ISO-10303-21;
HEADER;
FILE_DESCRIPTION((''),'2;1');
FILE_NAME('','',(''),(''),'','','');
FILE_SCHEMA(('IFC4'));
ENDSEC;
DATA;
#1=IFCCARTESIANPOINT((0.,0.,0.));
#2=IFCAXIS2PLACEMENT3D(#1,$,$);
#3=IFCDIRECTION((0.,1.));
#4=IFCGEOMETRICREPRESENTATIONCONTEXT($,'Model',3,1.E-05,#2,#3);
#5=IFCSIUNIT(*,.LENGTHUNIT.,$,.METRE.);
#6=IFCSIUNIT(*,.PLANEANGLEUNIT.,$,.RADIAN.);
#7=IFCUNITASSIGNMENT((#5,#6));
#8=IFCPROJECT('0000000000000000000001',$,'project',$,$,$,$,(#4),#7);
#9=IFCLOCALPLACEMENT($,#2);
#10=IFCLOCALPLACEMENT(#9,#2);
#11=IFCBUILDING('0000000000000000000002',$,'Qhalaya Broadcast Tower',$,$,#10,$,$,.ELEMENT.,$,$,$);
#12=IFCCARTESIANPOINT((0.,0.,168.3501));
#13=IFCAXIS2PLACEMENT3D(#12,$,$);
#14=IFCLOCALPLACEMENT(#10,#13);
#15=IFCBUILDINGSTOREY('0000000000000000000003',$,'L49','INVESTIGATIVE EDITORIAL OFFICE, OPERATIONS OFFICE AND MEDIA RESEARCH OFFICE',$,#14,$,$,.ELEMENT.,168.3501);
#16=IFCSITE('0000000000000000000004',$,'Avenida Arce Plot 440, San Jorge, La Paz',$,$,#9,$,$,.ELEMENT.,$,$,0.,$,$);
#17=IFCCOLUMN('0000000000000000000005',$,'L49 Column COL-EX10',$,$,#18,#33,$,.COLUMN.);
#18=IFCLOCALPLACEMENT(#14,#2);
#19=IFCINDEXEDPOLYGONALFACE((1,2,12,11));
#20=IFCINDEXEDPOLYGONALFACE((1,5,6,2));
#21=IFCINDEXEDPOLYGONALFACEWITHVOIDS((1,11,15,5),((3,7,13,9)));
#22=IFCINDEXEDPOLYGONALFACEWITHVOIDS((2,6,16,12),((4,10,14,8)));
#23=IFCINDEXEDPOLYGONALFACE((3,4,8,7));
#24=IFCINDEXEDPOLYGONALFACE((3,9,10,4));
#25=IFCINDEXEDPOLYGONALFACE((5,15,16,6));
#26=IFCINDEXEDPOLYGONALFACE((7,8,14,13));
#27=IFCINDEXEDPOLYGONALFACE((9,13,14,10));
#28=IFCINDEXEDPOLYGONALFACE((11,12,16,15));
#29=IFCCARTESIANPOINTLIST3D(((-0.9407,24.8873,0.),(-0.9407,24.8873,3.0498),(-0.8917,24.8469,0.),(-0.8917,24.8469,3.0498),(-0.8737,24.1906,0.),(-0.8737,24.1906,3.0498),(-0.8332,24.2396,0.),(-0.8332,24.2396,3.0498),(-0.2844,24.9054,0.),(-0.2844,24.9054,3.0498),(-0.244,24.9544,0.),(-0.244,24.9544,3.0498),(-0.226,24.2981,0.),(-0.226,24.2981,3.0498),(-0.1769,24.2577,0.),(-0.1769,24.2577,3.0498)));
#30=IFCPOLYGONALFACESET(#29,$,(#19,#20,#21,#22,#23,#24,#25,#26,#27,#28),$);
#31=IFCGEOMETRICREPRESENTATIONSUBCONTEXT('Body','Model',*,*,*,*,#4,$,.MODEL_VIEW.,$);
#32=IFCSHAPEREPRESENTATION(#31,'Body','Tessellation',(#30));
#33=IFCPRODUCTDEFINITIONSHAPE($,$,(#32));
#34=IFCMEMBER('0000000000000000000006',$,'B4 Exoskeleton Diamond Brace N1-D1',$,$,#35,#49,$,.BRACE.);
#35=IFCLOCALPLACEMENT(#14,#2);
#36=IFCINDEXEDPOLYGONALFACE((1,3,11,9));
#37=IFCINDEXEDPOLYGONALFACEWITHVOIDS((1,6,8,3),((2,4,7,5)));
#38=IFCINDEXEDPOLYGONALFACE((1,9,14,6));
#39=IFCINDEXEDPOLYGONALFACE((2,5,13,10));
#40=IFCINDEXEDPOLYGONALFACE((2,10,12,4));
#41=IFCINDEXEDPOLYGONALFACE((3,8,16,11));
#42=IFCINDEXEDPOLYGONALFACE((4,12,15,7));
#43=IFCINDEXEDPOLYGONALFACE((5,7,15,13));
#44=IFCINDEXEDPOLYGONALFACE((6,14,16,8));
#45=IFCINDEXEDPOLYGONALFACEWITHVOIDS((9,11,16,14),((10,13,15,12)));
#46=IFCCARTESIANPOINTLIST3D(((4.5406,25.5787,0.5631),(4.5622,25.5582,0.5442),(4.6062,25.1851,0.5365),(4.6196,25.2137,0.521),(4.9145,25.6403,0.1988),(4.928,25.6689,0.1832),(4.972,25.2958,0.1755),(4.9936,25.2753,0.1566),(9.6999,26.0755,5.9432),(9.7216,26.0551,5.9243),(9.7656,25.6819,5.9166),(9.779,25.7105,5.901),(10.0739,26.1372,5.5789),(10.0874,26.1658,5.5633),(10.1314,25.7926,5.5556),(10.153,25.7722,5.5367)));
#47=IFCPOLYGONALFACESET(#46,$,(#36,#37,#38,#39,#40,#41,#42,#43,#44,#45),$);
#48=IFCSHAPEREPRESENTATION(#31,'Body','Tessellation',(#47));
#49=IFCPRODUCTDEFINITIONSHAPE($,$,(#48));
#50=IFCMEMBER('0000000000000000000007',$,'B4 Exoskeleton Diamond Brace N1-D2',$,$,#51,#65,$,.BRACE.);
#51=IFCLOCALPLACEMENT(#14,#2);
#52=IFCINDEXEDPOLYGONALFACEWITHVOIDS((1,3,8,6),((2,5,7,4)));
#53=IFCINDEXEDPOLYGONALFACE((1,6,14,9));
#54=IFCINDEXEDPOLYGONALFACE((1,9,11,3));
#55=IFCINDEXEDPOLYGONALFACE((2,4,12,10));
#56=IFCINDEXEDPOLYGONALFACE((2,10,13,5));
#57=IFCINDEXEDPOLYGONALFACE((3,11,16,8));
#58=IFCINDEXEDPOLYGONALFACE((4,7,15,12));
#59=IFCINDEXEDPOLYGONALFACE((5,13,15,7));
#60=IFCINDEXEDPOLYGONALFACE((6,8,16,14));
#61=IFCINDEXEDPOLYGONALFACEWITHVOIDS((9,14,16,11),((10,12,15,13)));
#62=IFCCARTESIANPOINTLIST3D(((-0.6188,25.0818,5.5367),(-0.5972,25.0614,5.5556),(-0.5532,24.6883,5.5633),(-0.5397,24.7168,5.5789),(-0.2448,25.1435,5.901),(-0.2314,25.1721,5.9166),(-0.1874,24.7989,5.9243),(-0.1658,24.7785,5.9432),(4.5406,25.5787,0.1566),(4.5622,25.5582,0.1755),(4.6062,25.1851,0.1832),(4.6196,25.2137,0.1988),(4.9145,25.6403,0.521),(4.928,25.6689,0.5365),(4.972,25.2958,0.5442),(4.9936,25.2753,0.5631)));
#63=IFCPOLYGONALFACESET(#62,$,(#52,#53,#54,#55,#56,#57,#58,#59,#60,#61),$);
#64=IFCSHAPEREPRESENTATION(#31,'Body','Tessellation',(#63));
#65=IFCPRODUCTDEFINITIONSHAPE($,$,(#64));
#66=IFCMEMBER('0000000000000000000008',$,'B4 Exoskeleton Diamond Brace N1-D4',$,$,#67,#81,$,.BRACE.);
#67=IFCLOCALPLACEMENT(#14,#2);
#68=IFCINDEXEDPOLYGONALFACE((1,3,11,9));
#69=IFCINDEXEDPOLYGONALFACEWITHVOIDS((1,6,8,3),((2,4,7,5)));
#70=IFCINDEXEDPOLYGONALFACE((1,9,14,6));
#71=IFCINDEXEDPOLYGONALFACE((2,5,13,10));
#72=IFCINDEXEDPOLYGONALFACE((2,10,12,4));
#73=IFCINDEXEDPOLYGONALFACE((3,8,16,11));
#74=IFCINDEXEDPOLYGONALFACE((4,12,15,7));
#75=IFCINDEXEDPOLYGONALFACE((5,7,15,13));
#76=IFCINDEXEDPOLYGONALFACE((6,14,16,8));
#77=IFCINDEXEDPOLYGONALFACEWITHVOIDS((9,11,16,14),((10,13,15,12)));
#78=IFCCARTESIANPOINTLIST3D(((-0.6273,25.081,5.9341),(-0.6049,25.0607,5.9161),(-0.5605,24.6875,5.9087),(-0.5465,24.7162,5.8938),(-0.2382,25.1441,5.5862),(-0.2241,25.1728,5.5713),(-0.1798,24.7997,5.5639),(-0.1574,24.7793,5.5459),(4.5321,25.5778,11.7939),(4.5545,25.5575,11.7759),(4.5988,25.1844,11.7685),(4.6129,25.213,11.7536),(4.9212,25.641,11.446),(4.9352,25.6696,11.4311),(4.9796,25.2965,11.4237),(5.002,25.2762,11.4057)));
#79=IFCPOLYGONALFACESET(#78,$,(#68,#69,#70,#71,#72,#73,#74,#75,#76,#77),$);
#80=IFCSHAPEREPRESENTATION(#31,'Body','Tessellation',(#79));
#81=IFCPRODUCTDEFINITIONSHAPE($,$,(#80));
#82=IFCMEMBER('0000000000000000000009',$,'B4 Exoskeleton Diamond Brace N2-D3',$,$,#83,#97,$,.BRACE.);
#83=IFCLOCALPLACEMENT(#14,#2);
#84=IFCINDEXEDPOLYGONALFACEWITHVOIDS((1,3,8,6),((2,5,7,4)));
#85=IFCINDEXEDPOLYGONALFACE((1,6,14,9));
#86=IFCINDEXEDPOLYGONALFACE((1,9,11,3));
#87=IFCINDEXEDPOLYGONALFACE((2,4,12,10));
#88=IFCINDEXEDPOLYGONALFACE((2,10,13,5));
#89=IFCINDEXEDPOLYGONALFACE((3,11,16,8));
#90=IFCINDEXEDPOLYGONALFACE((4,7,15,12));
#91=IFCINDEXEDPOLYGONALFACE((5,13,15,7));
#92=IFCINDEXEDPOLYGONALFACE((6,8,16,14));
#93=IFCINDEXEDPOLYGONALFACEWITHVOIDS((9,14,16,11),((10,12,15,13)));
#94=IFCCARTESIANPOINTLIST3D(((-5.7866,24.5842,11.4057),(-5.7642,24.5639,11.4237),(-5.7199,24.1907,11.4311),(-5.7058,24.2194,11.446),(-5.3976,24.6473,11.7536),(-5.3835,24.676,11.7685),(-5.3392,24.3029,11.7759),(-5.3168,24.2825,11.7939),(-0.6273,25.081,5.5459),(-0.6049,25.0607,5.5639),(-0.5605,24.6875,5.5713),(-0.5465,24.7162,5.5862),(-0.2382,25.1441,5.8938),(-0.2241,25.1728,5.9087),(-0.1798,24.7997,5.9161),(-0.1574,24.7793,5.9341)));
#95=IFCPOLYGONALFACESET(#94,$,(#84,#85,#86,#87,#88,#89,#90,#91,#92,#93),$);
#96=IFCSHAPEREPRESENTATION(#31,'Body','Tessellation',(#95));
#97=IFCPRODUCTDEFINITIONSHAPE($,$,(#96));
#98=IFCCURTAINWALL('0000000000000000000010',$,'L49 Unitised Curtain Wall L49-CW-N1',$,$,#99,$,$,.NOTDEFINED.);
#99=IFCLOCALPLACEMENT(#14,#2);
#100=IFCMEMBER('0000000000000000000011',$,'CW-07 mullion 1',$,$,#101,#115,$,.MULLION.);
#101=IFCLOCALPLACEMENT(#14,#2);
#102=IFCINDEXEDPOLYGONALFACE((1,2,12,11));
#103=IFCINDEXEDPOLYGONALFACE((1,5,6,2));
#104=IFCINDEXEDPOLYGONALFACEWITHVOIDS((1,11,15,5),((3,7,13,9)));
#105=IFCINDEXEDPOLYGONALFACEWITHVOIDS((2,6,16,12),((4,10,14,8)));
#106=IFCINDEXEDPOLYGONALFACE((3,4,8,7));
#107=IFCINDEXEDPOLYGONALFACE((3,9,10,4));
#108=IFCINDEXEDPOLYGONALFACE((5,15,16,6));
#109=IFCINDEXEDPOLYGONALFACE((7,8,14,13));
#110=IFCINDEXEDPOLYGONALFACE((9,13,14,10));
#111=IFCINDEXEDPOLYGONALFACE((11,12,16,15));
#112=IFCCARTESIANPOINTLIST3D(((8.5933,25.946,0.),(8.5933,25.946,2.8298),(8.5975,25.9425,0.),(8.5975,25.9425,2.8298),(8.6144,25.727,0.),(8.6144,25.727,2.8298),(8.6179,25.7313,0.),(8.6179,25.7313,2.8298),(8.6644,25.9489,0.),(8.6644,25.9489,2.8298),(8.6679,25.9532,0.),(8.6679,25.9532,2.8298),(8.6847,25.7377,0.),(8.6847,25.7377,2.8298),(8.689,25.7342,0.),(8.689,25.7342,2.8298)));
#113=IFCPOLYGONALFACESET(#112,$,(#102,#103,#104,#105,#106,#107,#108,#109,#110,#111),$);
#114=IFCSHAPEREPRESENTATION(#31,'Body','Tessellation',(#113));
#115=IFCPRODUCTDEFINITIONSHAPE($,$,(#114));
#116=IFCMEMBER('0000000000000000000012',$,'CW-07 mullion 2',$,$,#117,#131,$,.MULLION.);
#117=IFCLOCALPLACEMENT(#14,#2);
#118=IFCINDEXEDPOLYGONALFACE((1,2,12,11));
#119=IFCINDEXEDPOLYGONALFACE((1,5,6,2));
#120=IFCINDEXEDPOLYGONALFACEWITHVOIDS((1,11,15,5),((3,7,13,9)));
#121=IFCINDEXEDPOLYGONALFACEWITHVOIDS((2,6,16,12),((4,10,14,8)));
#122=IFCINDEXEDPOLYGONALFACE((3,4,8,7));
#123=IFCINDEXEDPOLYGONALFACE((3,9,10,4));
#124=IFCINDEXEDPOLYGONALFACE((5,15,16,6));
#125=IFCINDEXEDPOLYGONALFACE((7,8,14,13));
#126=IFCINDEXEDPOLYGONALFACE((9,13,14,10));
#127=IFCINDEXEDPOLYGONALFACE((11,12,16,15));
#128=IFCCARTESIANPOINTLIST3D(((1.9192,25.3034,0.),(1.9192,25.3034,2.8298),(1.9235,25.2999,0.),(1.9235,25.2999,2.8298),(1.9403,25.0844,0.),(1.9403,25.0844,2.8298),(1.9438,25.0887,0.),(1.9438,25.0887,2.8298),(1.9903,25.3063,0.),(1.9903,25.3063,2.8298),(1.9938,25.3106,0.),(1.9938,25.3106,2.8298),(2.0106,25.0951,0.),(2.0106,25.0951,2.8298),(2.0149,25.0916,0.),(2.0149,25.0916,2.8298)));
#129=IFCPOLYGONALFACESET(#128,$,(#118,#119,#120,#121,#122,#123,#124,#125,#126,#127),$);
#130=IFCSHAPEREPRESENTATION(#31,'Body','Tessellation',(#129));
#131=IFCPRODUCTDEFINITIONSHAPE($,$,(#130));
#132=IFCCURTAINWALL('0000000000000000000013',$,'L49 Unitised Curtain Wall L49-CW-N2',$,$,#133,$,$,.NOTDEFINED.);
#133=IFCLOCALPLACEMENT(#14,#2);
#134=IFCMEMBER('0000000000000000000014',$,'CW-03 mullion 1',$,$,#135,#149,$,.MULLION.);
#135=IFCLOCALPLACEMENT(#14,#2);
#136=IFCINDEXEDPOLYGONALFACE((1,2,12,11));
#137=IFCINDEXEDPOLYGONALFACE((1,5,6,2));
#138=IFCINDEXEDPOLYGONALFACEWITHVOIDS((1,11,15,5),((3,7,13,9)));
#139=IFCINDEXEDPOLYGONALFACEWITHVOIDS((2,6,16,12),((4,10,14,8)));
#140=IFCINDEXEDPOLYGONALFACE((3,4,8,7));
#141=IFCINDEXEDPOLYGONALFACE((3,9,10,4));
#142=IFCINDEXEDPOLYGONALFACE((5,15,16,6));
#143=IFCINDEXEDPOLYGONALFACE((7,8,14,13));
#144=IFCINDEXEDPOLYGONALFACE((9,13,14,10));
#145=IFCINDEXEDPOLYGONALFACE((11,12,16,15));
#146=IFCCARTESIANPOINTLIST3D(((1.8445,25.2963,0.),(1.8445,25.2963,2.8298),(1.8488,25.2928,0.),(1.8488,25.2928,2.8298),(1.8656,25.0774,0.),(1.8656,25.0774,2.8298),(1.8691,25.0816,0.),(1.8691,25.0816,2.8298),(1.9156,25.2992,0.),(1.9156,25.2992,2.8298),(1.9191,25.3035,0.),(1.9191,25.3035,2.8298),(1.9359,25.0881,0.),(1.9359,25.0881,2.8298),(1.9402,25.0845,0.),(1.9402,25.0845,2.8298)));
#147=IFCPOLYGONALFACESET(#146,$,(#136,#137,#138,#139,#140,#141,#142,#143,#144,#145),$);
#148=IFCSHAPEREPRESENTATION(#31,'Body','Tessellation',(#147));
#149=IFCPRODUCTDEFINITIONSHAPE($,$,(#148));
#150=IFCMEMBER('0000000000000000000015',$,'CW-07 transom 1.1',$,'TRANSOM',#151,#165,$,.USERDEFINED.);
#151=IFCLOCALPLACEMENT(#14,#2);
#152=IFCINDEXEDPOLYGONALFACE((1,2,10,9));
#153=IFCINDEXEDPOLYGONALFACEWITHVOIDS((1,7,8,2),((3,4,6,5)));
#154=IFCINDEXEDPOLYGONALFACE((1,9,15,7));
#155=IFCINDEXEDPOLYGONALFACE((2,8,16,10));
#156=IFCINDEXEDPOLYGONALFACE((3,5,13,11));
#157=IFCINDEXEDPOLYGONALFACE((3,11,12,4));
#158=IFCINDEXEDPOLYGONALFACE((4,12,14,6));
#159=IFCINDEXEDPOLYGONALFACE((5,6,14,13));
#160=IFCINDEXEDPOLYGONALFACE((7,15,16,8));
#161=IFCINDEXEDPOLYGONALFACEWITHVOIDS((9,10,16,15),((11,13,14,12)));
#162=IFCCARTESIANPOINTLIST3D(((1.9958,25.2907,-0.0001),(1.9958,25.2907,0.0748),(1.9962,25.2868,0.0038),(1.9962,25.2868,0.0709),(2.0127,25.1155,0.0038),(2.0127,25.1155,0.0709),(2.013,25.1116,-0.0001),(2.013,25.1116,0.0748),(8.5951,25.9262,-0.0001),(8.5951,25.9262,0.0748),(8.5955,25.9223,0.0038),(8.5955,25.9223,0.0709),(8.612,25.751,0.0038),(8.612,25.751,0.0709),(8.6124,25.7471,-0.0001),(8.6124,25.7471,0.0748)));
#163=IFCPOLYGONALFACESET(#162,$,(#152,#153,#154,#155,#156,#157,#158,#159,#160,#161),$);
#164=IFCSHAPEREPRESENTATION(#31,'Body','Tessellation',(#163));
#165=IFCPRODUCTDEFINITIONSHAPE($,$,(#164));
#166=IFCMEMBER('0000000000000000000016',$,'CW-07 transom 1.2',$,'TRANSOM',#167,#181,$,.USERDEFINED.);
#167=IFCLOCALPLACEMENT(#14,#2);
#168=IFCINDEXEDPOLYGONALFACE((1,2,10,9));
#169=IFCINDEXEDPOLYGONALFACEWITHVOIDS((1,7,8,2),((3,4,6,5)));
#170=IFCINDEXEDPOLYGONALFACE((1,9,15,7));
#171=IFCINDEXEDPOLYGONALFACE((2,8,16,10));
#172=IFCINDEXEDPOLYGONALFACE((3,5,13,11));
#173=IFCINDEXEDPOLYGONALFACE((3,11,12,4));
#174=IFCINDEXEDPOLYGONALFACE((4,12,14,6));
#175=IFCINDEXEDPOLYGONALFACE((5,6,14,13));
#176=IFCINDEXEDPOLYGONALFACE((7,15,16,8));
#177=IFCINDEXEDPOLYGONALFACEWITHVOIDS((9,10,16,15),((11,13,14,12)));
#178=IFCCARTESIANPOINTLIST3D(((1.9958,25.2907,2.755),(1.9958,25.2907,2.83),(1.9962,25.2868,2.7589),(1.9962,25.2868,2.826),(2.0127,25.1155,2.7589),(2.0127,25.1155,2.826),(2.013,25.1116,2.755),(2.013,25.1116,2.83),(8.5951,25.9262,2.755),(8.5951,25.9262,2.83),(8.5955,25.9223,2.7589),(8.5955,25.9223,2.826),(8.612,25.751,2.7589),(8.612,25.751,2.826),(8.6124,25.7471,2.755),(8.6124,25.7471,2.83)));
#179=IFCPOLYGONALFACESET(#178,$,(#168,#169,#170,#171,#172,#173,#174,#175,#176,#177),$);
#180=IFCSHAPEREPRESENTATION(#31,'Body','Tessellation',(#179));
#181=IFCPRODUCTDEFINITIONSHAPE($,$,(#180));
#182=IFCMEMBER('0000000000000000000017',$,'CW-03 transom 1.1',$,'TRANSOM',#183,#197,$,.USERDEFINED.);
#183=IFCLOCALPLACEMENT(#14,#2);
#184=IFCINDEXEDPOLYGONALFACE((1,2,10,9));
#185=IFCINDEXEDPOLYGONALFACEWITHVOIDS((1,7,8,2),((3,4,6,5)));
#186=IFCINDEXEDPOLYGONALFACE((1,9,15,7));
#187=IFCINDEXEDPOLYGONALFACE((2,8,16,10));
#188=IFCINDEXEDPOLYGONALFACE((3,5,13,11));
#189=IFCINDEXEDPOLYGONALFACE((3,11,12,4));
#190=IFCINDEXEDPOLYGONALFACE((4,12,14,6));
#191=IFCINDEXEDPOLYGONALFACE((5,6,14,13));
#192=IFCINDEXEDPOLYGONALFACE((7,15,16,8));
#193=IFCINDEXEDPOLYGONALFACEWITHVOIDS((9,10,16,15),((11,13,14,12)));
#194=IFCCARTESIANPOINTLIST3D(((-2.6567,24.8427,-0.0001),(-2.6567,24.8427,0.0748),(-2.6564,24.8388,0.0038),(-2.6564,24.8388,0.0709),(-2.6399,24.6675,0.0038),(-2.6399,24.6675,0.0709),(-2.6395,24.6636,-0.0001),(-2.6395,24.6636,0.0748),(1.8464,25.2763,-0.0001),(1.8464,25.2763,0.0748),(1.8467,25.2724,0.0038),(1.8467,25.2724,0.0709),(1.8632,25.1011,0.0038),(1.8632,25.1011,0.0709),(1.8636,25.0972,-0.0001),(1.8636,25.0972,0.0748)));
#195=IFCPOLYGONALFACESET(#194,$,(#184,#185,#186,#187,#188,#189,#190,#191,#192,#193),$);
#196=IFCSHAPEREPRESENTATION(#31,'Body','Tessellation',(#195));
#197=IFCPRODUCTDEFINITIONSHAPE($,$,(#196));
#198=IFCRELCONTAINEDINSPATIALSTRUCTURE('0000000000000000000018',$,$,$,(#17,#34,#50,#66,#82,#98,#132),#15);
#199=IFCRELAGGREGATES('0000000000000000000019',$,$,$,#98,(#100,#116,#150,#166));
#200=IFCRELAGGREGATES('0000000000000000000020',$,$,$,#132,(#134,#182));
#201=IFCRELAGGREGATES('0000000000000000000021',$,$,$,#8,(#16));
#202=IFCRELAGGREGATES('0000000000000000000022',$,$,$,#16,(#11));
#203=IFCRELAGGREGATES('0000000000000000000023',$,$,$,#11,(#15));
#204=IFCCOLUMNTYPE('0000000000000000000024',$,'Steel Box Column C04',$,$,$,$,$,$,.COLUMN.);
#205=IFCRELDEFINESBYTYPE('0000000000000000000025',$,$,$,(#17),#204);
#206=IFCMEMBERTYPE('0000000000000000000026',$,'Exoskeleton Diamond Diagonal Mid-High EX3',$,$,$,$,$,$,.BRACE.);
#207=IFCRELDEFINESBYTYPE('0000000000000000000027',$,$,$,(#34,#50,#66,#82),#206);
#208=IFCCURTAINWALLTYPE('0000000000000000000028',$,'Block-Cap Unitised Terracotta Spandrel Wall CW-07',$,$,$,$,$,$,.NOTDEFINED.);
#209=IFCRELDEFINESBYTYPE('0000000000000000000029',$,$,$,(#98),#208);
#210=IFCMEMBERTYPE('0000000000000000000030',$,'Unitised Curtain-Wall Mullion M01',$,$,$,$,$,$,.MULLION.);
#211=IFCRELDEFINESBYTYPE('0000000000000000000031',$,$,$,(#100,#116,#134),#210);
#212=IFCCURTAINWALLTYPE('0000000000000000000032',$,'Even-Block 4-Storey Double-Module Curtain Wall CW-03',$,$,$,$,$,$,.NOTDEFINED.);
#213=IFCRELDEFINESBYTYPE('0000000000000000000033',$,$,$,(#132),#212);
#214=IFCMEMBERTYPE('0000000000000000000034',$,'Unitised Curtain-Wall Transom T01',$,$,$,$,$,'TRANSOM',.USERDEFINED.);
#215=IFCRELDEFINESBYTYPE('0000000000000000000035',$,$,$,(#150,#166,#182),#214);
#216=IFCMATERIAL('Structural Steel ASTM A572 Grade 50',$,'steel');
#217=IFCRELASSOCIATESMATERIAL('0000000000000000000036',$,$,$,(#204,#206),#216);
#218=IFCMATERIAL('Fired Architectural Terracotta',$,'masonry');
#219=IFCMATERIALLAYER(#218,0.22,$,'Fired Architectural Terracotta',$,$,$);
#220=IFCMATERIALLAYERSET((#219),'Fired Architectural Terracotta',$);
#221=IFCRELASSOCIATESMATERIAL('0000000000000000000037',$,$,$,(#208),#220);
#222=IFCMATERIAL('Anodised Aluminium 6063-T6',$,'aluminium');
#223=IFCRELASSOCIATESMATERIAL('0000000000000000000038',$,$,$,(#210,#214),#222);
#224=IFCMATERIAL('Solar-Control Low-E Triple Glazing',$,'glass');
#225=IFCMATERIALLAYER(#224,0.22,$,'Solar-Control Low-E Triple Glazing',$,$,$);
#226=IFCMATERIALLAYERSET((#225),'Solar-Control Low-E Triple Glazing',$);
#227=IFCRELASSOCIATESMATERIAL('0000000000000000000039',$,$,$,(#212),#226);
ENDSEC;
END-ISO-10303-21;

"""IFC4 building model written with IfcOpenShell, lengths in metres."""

from ifc_helpers import new_model, si_unit, direction, frame, origin, origin_2d, place, context, subcontext, project, spatial, hollow_rectangle, extrude, material, layer, layer_set, material_profile, profile_set, type_object, element, aggregate, save


model = new_model("IFC4")

# Units and contexts
model_context = context("Model", 3, precision=1e-05, world=origin(), true_north=direction((0.0, 1.0)))
body_context = subcontext(model_context, "Body", "Model", "MODEL_VIEW")
ifc_project = project(units=[si_unit("LENGTHUNIT", "METRE"), si_unit("PLANEANGLEUNIT", "RADIAN")], contexts=[model_context])

# Site, building, storey
site_placement = place(None, origin())
site = spatial("IfcSite", under=ifc_project, at=site_placement, Name="Avenida Arce Plot 440, San Jorge, La Paz", CompositionType="ELEMENT", RefElevation=0.0)
building_placement = place(site_placement, origin())
building = spatial("IfcBuilding", under=site, at=building_placement, Name="Qhalaya Broadcast Tower", CompositionType="ELEMENT")
storey_placement = place(building_placement, frame((0.0, 0.0, 168.3501)))
storey = spatial("IfcBuildingStorey", under=building, at=storey_placement, Name="L49", Description="INVESTIGATIVE EDITORIAL OFFICE, OPERATIONS OFFICE AND MEDIA RESEARCH OFFICE", CompositionType="ELEMENT", Elevation=168.3501)

# Column
ifc_material_1 = material(Name="Structural Steel ASTM A572 Grade 50", Category="steel")
ifc_material_profile_1 = material_profile(ifc_material_1, hollow_rectangle(XDim=0.7, YDim=0.7, WallThickness=0.0449, at=origin_2d()), Name="BOX 700x700x45")
ifc_profile_set_1 = profile_set([ifc_material_profile_1], Name="Structural Steel ASTM A572 Grade 50")
column_type = type_object("IfcColumnType", Name="Steel Box Column C04", PredefinedType="COLUMN", material=ifc_profile_set_1)
column_placement = place(storey_placement, frame((-0.5588, 24.5725, 0.0), z_axis=(0.0, 0.0, 1.0), x_axis=(0.995396, 0.095846, 0.0)))
element("IfcColumn", 1, at=column_placement, inside=storey, type_object=column_type, Name="L49 Column COL-EX10", PredefinedType="COLUMN", context=body_context, shape_type="SweptSolid", body=[
    extrude(hollow_rectangle(XDim=0.7, YDim=0.7, WallThickness=0.0449, at=origin_2d()), origin(), (0.0, 0.0, 1.0), 3.0498),
])

# Members
ifc_material_profile_2 = material_profile(ifc_material_1, hollow_rectangle(XDim=0.3999, YDim=0.55, WallThickness=0.0249, at=origin_2d()), Name="BOX 400x550x25")
ifc_profile_set_2 = profile_set([ifc_material_profile_2], Name="Structural Steel ASTM A572 Grade 50")
member_type_1 = type_object("IfcMemberType", Name="Exoskeleton Diamond Diagonal Mid-High EX3", PredefinedType="BRACE", material=ifc_profile_set_2)
for number, where, z_axis, x_axis, name in (
    (2, (4.7671, 25.427, 0.3599), (0.690616, 0.066503, 0.720158), (-0.164117, 0.984197, 0.066499), "B4 Exoskeleton Diamond Brace N1-D1"),
    (3, (4.7671, 25.427, 0.3599), (-0.690616, -0.066503, 0.720158), (0.164117, -0.984197, 0.066499), "B4 Exoskeleton Diamond Brace N1-D2"),
):
    element("IfcMember", number, at=place(storey_placement, frame(where, z_axis=z_axis, x_axis=x_axis)), inside=storey, type_object=member_type_1, Name=name, PredefinedType="BRACE", context=body_context, shape_type="SweptSolid", body=[
        extrude(hollow_rectangle(XDim=0.3999, YDim=0.55, WallThickness=0.0249, at=origin_2d()), origin(), (0.0, 0.0, 1.0), 7.4707),
    ])
for number, where, z_axis, x_axis, name in (
    (4, (-0.3923, 24.9302, 5.74), (0.659492, 0.063506, 0.749024), (-0.16687, 0.983932, 0.063502), "B4 Exoskeleton Diamond Brace N1-D4"),
    (5, (-0.3923, 24.9302, 5.74), (-0.659492, -0.063506, 0.749024), (0.16687, -0.983932, 0.063502), "B4 Exoskeleton Diamond Brace N2-D3"),
):
    element("IfcMember", number, at=place(storey_placement, frame(where, z_axis=z_axis, x_axis=x_axis)), inside=storey, type_object=member_type_1, Name=name, PredefinedType="BRACE", context=body_context, shape_type="SweptSolid", body=[
        extrude(hollow_rectangle(XDim=0.3999, YDim=0.55, WallThickness=0.0249, at=origin_2d()), origin(), (0.0, 0.0, 1.0), 7.8232),
    ])

# Curtain wall, members
ifc_material_2 = material(Name="Fired Architectural Terracotta", Category="masonry")
ifc_layer_1 = layer(ifc_material_2, 0.22, Name="Fired Architectural Terracotta")
ifc_layer_set_1 = layer_set([ifc_layer_1], Name="Fired Architectural Terracotta")
curtain_wall_type_1 = type_object("IfcCurtainWallType", Name="Block-Cap Unitised Terracotta Spandrel Wall CW-07", PredefinedType="NOTDEFINED", material=ifc_layer_set_1)
curtain_wall_1_placement = place(storey_placement, origin())
curtain_wall_1 = element("IfcCurtainWall", 6, at=curtain_wall_1_placement, inside=storey, type_object=curtain_wall_type_1, Name="L49 Unitised Curtain Wall L49-CW-N1", PredefinedType="NOTDEFINED")
ifc_material_3 = material(Name="Anodised Aluminium 6063-T6", Category="aluminium")
ifc_material_profile_3 = material_profile(ifc_material_3, hollow_rectangle(XDim=0.075, YDim=0.22, WallThickness=0.0039, at=origin_2d()), Name="ALU-MUL 75x220x4")
ifc_profile_set_3 = profile_set([ifc_material_profile_3], Name="Anodised Aluminium 6063-T6")
member_type_2 = type_object("IfcMemberType", Name="Unitised Curtain-Wall Mullion M01", PredefinedType="MULLION", material=ifc_profile_set_3)
member_1_placement = place(storey_placement, frame((8.6411, 25.8401, 0.0), z_axis=(0.0, 0.0, 1.0), x_axis=(-0.995397, -0.095841, 0.0)))
member_1 = element("IfcMember", 7, at=member_1_placement, type_object=member_type_2, Name="CW-07 mullion 1", PredefinedType="MULLION", context=body_context, shape_type="SweptSolid", body=[
    extrude(hollow_rectangle(XDim=0.075, YDim=0.22, WallThickness=0.0039, at=origin_2d()), origin(), (0.0, 0.0, 1.0), 2.8298),
])
member_2_placement = place(storey_placement, frame((1.967, 25.1975, 0.0), z_axis=(0.0, 0.0, 1.0), x_axis=(-0.995397, -0.095841, 0.0)))
member_2 = element("IfcMember", 8, at=member_2_placement, type_object=member_type_2, Name="CW-07 mullion 2", PredefinedType="MULLION", context=body_context, shape_type="SweptSolid", body=[
    extrude(hollow_rectangle(XDim=0.075, YDim=0.22, WallThickness=0.0039, at=origin_2d()), origin(), (0.0, 0.0, 1.0), 2.8298),
])

# Curtain wall, member
ifc_material_4 = material(Name="Solar-Control Low-E Triple Glazing", Category="glass")
ifc_layer_2 = layer(ifc_material_4, 0.22, Name="Solar-Control Low-E Triple Glazing")
ifc_layer_set_2 = layer_set([ifc_layer_2], Name="Solar-Control Low-E Triple Glazing")
curtain_wall_type_2 = type_object("IfcCurtainWallType", Name="Even-Block 4-Storey Double-Module Curtain Wall CW-03", PredefinedType="NOTDEFINED", material=ifc_layer_set_2)
curtain_wall_2_placement = place(storey_placement, origin())
curtain_wall_2 = element("IfcCurtainWall", 9, at=curtain_wall_2_placement, inside=storey, type_object=curtain_wall_type_2, Name="L49 Unitised Curtain Wall L49-CW-N2", PredefinedType="NOTDEFINED")
member_3_placement = place(storey_placement, frame((1.8923, 25.1904, 0.0), z_axis=(0.0, 0.0, 1.0), x_axis=(-0.995396, -0.095849, 0.0)))
member_3 = element("IfcMember", 10, at=member_3_placement, type_object=member_type_2, Name="CW-03 mullion 1", PredefinedType="MULLION", context=body_context, shape_type="SweptSolid", body=[
    extrude(hollow_rectangle(XDim=0.075, YDim=0.22, WallThickness=0.0039, at=origin_2d()), origin(), (0.0, 0.0, 1.0), 2.8298),
])

# Members
ifc_material_profile_4 = material_profile(ifc_material_3, hollow_rectangle(XDim=0.075, YDim=0.1799, WallThickness=0.0039, at=origin_2d()), Name="ALU-TRN 75x180x4")
ifc_profile_set_4 = profile_set([ifc_material_profile_4], Name="Anodised Aluminium 6063-T6")
member_type_3 = type_object("IfcMemberType", Name="Unitised Curtain-Wall Transom T01", ElementType="TRANSOM", PredefinedType="USERDEFINED", material=ifc_profile_set_4)
member_4_placement = place(storey_placement, frame((8.6038, 25.8367, 0.0374), z_axis=(-0.995395, -0.095853, 0.0), x_axis=(0.0, 0.0, 1.0)))
member_4 = element("IfcMember", 11, at=member_4_placement, type_object=member_type_3, Name="CW-07 transom 1.1", ObjectType="TRANSOM", PredefinedType="USERDEFINED", context=body_context, shape_type="SweptSolid", body=[
    extrude(hollow_rectangle(XDim=0.075, YDim=0.1799, WallThickness=0.0039, at=origin_2d()), origin(), (0.0, 0.0, 1.0), 6.6299),
])
member_5_placement = place(storey_placement, frame((8.6038, 25.8367, 2.7925), z_axis=(-0.995395, -0.095853, 0.0), x_axis=(0.0, 0.0, 1.0)))
member_5 = element("IfcMember", 12, at=member_5_placement, type_object=member_type_3, Name="CW-07 transom 1.2", ObjectType="TRANSOM", PredefinedType="USERDEFINED", context=body_context, shape_type="SweptSolid", body=[
    extrude(hollow_rectangle(XDim=0.075, YDim=0.1799, WallThickness=0.0039, at=origin_2d()), origin(), (0.0, 0.0, 1.0), 6.6299),
])
member_6_placement = place(storey_placement, frame((1.855, 25.1868, 0.0374), z_axis=(-0.995396, -0.095843, 0.0), x_axis=(0.0, 0.0, 1.0)))
member_6 = element("IfcMember", 13, at=member_6_placement, type_object=member_type_3, Name="CW-03 transom 1.1", ObjectType="TRANSOM", PredefinedType="USERDEFINED", context=body_context, shape_type="SweptSolid", body=[
    extrude(hollow_rectangle(XDim=0.075, YDim=0.1799, WallThickness=0.0039, at=origin_2d()), origin(), (0.0, 0.0, 1.0), 4.5239),
])

aggregate(curtain_wall_1, [member_1, member_2, member_4, member_5])
aggregate(curtain_wall_2, [member_3, member_6])

save(model, "model.ifc")
